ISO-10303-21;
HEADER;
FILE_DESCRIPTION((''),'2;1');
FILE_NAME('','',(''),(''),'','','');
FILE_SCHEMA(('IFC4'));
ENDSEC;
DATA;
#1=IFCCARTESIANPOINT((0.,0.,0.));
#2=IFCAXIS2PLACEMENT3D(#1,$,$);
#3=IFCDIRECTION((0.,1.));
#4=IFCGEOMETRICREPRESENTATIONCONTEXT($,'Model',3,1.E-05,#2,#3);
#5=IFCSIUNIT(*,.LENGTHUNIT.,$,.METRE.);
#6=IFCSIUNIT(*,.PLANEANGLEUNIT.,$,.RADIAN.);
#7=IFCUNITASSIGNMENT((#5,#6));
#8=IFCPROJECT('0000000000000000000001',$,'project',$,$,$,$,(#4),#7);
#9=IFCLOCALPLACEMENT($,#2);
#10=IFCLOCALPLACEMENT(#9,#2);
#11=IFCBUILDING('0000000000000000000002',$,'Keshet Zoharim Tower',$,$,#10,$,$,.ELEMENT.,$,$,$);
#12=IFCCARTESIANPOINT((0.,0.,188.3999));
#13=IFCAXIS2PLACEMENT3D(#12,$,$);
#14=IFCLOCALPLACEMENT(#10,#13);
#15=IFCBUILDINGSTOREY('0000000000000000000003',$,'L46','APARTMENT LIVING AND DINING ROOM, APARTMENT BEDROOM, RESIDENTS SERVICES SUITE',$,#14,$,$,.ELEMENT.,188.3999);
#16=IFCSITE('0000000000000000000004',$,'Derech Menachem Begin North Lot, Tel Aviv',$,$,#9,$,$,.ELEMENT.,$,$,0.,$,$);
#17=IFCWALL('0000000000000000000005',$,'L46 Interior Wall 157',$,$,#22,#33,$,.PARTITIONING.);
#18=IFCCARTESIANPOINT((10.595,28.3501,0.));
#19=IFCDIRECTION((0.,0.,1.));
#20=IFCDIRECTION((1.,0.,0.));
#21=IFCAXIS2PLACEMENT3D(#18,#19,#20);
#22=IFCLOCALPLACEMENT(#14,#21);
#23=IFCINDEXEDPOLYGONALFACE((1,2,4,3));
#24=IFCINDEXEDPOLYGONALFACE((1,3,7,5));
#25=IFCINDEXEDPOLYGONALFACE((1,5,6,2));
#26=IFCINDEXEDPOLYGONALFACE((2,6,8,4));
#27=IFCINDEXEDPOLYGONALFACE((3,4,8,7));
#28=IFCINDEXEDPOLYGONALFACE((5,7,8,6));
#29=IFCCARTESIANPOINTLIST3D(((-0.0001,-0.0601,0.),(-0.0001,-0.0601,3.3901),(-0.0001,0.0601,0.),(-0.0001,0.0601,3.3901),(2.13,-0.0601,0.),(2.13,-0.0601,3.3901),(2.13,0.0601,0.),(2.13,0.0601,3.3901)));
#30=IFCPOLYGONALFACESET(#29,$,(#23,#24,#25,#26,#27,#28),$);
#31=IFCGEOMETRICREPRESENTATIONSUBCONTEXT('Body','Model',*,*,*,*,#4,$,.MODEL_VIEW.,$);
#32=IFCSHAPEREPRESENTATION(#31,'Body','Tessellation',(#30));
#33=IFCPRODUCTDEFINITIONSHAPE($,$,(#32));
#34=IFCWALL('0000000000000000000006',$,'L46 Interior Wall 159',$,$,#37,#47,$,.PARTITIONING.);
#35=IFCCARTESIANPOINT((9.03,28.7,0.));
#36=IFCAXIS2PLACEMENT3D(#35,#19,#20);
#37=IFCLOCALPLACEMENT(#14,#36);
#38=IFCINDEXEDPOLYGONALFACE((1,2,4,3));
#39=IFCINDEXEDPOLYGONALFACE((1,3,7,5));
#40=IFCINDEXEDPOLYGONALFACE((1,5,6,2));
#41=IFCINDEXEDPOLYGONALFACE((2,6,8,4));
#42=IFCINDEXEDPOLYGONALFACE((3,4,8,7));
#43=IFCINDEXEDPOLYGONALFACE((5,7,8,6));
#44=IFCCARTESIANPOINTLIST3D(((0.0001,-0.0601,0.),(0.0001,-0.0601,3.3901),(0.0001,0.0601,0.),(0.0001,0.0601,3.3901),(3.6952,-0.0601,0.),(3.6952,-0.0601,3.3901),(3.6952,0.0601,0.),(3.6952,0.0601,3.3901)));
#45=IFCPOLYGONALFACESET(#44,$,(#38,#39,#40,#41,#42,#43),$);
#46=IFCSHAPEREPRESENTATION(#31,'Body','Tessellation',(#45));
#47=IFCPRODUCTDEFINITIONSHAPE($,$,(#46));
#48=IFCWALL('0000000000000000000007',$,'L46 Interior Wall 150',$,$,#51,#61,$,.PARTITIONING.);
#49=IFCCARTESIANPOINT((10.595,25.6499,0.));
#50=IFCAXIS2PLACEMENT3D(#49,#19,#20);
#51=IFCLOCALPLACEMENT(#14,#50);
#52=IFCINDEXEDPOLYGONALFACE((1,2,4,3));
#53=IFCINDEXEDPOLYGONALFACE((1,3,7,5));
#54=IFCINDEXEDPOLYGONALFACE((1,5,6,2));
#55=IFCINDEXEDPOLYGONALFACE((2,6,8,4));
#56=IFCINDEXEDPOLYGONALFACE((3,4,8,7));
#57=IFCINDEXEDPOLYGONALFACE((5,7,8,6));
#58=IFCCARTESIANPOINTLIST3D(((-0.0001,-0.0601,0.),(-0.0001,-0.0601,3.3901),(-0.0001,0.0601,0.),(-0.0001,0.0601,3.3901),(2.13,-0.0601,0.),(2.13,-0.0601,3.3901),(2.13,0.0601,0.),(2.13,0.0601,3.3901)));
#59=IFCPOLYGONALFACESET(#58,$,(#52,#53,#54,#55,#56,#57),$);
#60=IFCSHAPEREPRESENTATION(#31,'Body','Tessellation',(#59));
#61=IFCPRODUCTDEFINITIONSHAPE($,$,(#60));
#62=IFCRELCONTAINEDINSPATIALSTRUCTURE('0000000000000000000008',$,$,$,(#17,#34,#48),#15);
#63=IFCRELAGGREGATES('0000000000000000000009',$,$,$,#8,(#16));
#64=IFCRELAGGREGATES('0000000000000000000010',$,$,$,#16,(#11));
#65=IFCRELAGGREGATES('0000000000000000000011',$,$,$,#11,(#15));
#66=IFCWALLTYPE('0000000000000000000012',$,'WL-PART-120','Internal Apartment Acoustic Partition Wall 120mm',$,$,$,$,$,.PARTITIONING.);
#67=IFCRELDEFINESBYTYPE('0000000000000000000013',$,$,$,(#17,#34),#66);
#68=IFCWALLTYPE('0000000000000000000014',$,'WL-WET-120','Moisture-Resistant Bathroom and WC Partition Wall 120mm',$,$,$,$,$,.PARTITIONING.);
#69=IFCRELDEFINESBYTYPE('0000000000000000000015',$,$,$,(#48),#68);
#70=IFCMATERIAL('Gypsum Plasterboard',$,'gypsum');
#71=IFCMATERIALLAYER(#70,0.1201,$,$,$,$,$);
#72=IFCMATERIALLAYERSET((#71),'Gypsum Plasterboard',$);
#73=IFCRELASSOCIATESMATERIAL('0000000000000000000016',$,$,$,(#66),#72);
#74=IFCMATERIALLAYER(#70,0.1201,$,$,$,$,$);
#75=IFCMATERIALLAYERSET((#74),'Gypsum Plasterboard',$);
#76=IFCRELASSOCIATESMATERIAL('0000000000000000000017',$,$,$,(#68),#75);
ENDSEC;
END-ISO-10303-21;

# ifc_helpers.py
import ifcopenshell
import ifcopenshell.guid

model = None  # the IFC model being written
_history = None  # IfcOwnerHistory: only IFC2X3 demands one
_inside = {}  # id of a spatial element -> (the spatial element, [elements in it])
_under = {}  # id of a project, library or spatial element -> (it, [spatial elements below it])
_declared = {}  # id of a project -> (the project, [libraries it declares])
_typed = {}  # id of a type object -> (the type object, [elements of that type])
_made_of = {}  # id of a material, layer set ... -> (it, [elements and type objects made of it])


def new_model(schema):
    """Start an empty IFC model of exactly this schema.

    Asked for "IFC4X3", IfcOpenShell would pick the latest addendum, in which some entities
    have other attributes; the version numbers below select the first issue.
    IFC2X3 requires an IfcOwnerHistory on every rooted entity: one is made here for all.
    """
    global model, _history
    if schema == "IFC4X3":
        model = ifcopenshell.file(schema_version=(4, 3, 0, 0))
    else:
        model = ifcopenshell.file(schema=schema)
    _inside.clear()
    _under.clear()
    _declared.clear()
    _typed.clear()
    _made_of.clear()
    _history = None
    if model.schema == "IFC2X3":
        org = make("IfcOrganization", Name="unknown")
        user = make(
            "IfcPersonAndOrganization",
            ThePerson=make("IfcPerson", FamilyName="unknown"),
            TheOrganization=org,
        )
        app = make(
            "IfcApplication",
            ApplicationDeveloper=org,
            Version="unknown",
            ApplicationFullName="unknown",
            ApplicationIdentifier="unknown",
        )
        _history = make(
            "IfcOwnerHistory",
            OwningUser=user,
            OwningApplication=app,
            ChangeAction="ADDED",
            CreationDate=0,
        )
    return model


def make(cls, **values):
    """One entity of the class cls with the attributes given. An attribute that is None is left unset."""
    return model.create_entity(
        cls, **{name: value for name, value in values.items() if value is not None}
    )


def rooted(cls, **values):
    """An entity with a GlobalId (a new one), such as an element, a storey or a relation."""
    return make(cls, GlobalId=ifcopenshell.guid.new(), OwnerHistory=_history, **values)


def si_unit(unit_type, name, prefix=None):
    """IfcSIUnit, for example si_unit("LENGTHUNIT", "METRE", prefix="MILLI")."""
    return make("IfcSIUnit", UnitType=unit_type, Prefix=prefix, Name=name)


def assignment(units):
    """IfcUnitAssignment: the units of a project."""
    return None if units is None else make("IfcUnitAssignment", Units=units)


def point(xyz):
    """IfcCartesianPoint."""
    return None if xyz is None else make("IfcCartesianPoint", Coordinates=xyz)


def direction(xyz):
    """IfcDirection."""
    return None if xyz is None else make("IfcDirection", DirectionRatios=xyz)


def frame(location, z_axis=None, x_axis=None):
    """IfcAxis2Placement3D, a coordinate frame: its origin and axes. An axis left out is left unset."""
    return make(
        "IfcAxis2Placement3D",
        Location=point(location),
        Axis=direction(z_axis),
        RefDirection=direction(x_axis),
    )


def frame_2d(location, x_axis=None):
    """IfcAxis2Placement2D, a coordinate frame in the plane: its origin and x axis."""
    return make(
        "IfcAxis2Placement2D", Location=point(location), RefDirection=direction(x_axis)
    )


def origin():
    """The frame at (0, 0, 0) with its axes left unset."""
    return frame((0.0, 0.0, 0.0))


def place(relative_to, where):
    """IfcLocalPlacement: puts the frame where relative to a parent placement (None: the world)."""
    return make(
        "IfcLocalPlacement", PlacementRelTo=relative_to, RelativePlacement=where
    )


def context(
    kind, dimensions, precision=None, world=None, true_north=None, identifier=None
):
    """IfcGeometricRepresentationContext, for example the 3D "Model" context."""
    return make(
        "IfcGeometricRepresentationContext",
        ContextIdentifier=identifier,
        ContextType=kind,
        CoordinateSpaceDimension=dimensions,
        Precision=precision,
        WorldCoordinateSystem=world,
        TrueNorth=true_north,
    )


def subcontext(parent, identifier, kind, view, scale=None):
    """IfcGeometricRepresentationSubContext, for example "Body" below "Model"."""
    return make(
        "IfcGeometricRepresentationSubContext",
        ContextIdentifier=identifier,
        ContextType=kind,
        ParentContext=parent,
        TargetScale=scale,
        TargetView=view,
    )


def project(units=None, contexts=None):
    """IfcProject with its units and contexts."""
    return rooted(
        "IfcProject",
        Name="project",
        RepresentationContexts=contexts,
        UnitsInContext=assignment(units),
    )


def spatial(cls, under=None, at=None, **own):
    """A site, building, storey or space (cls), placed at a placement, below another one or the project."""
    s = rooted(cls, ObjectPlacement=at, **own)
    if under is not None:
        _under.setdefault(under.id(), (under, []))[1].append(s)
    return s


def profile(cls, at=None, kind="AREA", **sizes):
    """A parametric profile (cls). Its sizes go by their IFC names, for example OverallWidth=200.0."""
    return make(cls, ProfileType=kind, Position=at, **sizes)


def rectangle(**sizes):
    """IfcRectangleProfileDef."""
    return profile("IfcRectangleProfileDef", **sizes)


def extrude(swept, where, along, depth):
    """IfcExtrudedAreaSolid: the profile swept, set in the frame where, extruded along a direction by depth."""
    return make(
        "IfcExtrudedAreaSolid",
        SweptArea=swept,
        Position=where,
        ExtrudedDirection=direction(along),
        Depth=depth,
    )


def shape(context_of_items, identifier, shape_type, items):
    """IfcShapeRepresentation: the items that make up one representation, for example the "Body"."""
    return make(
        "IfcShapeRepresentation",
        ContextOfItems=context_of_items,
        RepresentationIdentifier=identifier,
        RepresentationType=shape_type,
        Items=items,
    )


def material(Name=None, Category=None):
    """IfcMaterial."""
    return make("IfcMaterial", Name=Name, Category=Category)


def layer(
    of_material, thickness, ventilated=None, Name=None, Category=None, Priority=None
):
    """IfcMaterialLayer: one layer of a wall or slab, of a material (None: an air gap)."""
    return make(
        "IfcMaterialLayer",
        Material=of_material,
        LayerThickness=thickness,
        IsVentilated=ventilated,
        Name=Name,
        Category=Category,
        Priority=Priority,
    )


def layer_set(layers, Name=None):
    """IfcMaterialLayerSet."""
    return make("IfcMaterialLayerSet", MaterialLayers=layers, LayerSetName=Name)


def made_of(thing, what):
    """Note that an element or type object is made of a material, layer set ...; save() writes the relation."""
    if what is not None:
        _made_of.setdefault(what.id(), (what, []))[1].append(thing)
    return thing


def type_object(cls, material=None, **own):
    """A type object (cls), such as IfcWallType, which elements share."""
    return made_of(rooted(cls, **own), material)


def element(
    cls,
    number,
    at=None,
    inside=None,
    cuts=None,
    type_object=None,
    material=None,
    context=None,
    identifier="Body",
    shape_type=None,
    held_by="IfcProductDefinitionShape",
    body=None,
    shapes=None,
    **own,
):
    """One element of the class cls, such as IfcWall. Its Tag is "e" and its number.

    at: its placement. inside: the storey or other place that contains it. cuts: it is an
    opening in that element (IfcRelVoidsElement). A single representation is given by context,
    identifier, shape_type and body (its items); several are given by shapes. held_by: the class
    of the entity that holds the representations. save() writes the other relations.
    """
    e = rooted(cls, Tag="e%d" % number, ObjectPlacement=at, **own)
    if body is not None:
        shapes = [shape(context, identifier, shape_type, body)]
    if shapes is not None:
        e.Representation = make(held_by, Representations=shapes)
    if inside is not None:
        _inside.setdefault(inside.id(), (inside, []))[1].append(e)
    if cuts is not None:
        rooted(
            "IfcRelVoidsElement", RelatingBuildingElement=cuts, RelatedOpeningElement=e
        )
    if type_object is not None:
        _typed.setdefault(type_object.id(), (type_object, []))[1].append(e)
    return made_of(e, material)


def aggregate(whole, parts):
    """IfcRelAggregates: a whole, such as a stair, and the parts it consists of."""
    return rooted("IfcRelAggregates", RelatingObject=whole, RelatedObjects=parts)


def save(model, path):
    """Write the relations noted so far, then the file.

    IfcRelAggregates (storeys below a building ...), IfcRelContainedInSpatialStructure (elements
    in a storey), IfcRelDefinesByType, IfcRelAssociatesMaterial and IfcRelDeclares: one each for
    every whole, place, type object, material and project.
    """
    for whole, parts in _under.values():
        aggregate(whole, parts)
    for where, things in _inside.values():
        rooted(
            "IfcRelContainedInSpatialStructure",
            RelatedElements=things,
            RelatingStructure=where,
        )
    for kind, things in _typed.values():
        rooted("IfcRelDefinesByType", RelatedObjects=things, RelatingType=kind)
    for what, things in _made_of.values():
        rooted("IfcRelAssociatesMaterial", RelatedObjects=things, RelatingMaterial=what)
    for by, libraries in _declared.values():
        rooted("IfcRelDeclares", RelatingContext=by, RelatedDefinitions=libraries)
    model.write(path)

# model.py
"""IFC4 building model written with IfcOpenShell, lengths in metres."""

from ifc_helpers import new_model, si_unit, direction, frame, frame_2d, origin, place, context, subcontext, project, spatial, rectangle, extrude, material, layer, layer_set, type_object, element, save


model = new_model("IFC4")

# Units and contexts
model_context = context("Model", 3, precision=1e-05, world=origin(), true_north=direction((0.0, 1.0)))
body_context = subcontext(model_context, "Body", "Model", "MODEL_VIEW")
ifc_project = project(units=[si_unit("LENGTHUNIT", "METRE"), si_unit("PLANEANGLEUNIT", "RADIAN")], contexts=[model_context])

# Site, building, storey
site_placement = place(None, origin())
site = spatial("IfcSite", under=ifc_project, at=site_placement, Name="Derech Menachem Begin North Lot, Tel Aviv", CompositionType="ELEMENT", RefElevation=0.0)
building_placement = place(site_placement, origin())
building = spatial("IfcBuilding", under=site, at=building_placement, Name="Keshet Zoharim Tower", CompositionType="ELEMENT")
storey_placement = place(building_placement, frame((0.0, 0.0, 188.3999)))
storey = spatial("IfcBuildingStorey", under=building, at=storey_placement, Name="L46", Description="APARTMENT LIVING AND DINING ROOM, APARTMENT BEDROOM, RESIDENTS SERVICES SUITE", CompositionType="ELEMENT", Elevation=188.3999)

# Shared definitions
ifc_material_1 = material(Name="Gypsum Plasterboard", Category="gypsum")

# Shared definitions
ifc_layer_1 = layer(ifc_material_1, 0.1201)
ifc_layer_set_1 = layer_set([ifc_layer_1], Name="Gypsum Plasterboard")
wall_type_1 = type_object("IfcWallType", Name="WL-PART-120", Description="Internal Apartment Acoustic Partition Wall 120mm", PredefinedType="PARTITIONING", material=ifc_layer_set_1)

# Walls
wall_1_placement = place(storey_placement, frame((10.595, 28.3501, 0.0), z_axis=(0.0, 0.0, 1.0), x_axis=(1.0, 0.0, 0.0)))
element("IfcWall", 1, at=wall_1_placement, inside=storey, type_object=wall_type_1, Name="L46 Interior Wall 157", PredefinedType="PARTITIONING", context=body_context, shape_type="SweptSolid", body=[
    extrude(rectangle(XDim=2.1301, YDim=0.1201, at=frame_2d((1.0649, 0.0))), origin(), (0.0, 0.0, 1.0), 3.3901),
])
wall_2_placement = place(storey_placement, frame((9.03, 28.7, 0.0), z_axis=(0.0, 0.0, 1.0), x_axis=(1.0, 0.0, 0.0)))
element("IfcWall", 2, at=wall_2_placement, inside=storey, type_object=wall_type_1, Name="L46 Interior Wall 159", PredefinedType="PARTITIONING", context=body_context, shape_type="SweptSolid", body=[
    extrude(rectangle(XDim=3.6951, YDim=0.1201, at=frame_2d((1.8477, 0.0))), origin(), (0.0, 0.0, 1.0), 3.3901),
])

# Wall
ifc_layer_2 = layer(ifc_material_1, 0.1201)
ifc_layer_set_2 = layer_set([ifc_layer_2], Name="Gypsum Plasterboard")
wall_type_2 = type_object("IfcWallType", Name="WL-WET-120", Description="Moisture-Resistant Bathroom and WC Partition Wall 120mm", PredefinedType="PARTITIONING", material=ifc_layer_set_2)
wall_3_placement = place(storey_placement, frame((10.595, 25.6499, 0.0), z_axis=(0.0, 0.0, 1.0), x_axis=(1.0, 0.0, 0.0)))
element("IfcWall", 3, at=wall_3_placement, inside=storey, type_object=wall_type_2, Name="L46 Interior Wall 150", PredefinedType="PARTITIONING", context=body_context, shape_type="SweptSolid", body=[
    extrude(rectangle(XDim=2.1301, YDim=0.1201, at=frame_2d((1.0649, 0.0))), origin(), (0.0, 0.0, 1.0), 3.3901),
])

save(model, "model.ifc")
